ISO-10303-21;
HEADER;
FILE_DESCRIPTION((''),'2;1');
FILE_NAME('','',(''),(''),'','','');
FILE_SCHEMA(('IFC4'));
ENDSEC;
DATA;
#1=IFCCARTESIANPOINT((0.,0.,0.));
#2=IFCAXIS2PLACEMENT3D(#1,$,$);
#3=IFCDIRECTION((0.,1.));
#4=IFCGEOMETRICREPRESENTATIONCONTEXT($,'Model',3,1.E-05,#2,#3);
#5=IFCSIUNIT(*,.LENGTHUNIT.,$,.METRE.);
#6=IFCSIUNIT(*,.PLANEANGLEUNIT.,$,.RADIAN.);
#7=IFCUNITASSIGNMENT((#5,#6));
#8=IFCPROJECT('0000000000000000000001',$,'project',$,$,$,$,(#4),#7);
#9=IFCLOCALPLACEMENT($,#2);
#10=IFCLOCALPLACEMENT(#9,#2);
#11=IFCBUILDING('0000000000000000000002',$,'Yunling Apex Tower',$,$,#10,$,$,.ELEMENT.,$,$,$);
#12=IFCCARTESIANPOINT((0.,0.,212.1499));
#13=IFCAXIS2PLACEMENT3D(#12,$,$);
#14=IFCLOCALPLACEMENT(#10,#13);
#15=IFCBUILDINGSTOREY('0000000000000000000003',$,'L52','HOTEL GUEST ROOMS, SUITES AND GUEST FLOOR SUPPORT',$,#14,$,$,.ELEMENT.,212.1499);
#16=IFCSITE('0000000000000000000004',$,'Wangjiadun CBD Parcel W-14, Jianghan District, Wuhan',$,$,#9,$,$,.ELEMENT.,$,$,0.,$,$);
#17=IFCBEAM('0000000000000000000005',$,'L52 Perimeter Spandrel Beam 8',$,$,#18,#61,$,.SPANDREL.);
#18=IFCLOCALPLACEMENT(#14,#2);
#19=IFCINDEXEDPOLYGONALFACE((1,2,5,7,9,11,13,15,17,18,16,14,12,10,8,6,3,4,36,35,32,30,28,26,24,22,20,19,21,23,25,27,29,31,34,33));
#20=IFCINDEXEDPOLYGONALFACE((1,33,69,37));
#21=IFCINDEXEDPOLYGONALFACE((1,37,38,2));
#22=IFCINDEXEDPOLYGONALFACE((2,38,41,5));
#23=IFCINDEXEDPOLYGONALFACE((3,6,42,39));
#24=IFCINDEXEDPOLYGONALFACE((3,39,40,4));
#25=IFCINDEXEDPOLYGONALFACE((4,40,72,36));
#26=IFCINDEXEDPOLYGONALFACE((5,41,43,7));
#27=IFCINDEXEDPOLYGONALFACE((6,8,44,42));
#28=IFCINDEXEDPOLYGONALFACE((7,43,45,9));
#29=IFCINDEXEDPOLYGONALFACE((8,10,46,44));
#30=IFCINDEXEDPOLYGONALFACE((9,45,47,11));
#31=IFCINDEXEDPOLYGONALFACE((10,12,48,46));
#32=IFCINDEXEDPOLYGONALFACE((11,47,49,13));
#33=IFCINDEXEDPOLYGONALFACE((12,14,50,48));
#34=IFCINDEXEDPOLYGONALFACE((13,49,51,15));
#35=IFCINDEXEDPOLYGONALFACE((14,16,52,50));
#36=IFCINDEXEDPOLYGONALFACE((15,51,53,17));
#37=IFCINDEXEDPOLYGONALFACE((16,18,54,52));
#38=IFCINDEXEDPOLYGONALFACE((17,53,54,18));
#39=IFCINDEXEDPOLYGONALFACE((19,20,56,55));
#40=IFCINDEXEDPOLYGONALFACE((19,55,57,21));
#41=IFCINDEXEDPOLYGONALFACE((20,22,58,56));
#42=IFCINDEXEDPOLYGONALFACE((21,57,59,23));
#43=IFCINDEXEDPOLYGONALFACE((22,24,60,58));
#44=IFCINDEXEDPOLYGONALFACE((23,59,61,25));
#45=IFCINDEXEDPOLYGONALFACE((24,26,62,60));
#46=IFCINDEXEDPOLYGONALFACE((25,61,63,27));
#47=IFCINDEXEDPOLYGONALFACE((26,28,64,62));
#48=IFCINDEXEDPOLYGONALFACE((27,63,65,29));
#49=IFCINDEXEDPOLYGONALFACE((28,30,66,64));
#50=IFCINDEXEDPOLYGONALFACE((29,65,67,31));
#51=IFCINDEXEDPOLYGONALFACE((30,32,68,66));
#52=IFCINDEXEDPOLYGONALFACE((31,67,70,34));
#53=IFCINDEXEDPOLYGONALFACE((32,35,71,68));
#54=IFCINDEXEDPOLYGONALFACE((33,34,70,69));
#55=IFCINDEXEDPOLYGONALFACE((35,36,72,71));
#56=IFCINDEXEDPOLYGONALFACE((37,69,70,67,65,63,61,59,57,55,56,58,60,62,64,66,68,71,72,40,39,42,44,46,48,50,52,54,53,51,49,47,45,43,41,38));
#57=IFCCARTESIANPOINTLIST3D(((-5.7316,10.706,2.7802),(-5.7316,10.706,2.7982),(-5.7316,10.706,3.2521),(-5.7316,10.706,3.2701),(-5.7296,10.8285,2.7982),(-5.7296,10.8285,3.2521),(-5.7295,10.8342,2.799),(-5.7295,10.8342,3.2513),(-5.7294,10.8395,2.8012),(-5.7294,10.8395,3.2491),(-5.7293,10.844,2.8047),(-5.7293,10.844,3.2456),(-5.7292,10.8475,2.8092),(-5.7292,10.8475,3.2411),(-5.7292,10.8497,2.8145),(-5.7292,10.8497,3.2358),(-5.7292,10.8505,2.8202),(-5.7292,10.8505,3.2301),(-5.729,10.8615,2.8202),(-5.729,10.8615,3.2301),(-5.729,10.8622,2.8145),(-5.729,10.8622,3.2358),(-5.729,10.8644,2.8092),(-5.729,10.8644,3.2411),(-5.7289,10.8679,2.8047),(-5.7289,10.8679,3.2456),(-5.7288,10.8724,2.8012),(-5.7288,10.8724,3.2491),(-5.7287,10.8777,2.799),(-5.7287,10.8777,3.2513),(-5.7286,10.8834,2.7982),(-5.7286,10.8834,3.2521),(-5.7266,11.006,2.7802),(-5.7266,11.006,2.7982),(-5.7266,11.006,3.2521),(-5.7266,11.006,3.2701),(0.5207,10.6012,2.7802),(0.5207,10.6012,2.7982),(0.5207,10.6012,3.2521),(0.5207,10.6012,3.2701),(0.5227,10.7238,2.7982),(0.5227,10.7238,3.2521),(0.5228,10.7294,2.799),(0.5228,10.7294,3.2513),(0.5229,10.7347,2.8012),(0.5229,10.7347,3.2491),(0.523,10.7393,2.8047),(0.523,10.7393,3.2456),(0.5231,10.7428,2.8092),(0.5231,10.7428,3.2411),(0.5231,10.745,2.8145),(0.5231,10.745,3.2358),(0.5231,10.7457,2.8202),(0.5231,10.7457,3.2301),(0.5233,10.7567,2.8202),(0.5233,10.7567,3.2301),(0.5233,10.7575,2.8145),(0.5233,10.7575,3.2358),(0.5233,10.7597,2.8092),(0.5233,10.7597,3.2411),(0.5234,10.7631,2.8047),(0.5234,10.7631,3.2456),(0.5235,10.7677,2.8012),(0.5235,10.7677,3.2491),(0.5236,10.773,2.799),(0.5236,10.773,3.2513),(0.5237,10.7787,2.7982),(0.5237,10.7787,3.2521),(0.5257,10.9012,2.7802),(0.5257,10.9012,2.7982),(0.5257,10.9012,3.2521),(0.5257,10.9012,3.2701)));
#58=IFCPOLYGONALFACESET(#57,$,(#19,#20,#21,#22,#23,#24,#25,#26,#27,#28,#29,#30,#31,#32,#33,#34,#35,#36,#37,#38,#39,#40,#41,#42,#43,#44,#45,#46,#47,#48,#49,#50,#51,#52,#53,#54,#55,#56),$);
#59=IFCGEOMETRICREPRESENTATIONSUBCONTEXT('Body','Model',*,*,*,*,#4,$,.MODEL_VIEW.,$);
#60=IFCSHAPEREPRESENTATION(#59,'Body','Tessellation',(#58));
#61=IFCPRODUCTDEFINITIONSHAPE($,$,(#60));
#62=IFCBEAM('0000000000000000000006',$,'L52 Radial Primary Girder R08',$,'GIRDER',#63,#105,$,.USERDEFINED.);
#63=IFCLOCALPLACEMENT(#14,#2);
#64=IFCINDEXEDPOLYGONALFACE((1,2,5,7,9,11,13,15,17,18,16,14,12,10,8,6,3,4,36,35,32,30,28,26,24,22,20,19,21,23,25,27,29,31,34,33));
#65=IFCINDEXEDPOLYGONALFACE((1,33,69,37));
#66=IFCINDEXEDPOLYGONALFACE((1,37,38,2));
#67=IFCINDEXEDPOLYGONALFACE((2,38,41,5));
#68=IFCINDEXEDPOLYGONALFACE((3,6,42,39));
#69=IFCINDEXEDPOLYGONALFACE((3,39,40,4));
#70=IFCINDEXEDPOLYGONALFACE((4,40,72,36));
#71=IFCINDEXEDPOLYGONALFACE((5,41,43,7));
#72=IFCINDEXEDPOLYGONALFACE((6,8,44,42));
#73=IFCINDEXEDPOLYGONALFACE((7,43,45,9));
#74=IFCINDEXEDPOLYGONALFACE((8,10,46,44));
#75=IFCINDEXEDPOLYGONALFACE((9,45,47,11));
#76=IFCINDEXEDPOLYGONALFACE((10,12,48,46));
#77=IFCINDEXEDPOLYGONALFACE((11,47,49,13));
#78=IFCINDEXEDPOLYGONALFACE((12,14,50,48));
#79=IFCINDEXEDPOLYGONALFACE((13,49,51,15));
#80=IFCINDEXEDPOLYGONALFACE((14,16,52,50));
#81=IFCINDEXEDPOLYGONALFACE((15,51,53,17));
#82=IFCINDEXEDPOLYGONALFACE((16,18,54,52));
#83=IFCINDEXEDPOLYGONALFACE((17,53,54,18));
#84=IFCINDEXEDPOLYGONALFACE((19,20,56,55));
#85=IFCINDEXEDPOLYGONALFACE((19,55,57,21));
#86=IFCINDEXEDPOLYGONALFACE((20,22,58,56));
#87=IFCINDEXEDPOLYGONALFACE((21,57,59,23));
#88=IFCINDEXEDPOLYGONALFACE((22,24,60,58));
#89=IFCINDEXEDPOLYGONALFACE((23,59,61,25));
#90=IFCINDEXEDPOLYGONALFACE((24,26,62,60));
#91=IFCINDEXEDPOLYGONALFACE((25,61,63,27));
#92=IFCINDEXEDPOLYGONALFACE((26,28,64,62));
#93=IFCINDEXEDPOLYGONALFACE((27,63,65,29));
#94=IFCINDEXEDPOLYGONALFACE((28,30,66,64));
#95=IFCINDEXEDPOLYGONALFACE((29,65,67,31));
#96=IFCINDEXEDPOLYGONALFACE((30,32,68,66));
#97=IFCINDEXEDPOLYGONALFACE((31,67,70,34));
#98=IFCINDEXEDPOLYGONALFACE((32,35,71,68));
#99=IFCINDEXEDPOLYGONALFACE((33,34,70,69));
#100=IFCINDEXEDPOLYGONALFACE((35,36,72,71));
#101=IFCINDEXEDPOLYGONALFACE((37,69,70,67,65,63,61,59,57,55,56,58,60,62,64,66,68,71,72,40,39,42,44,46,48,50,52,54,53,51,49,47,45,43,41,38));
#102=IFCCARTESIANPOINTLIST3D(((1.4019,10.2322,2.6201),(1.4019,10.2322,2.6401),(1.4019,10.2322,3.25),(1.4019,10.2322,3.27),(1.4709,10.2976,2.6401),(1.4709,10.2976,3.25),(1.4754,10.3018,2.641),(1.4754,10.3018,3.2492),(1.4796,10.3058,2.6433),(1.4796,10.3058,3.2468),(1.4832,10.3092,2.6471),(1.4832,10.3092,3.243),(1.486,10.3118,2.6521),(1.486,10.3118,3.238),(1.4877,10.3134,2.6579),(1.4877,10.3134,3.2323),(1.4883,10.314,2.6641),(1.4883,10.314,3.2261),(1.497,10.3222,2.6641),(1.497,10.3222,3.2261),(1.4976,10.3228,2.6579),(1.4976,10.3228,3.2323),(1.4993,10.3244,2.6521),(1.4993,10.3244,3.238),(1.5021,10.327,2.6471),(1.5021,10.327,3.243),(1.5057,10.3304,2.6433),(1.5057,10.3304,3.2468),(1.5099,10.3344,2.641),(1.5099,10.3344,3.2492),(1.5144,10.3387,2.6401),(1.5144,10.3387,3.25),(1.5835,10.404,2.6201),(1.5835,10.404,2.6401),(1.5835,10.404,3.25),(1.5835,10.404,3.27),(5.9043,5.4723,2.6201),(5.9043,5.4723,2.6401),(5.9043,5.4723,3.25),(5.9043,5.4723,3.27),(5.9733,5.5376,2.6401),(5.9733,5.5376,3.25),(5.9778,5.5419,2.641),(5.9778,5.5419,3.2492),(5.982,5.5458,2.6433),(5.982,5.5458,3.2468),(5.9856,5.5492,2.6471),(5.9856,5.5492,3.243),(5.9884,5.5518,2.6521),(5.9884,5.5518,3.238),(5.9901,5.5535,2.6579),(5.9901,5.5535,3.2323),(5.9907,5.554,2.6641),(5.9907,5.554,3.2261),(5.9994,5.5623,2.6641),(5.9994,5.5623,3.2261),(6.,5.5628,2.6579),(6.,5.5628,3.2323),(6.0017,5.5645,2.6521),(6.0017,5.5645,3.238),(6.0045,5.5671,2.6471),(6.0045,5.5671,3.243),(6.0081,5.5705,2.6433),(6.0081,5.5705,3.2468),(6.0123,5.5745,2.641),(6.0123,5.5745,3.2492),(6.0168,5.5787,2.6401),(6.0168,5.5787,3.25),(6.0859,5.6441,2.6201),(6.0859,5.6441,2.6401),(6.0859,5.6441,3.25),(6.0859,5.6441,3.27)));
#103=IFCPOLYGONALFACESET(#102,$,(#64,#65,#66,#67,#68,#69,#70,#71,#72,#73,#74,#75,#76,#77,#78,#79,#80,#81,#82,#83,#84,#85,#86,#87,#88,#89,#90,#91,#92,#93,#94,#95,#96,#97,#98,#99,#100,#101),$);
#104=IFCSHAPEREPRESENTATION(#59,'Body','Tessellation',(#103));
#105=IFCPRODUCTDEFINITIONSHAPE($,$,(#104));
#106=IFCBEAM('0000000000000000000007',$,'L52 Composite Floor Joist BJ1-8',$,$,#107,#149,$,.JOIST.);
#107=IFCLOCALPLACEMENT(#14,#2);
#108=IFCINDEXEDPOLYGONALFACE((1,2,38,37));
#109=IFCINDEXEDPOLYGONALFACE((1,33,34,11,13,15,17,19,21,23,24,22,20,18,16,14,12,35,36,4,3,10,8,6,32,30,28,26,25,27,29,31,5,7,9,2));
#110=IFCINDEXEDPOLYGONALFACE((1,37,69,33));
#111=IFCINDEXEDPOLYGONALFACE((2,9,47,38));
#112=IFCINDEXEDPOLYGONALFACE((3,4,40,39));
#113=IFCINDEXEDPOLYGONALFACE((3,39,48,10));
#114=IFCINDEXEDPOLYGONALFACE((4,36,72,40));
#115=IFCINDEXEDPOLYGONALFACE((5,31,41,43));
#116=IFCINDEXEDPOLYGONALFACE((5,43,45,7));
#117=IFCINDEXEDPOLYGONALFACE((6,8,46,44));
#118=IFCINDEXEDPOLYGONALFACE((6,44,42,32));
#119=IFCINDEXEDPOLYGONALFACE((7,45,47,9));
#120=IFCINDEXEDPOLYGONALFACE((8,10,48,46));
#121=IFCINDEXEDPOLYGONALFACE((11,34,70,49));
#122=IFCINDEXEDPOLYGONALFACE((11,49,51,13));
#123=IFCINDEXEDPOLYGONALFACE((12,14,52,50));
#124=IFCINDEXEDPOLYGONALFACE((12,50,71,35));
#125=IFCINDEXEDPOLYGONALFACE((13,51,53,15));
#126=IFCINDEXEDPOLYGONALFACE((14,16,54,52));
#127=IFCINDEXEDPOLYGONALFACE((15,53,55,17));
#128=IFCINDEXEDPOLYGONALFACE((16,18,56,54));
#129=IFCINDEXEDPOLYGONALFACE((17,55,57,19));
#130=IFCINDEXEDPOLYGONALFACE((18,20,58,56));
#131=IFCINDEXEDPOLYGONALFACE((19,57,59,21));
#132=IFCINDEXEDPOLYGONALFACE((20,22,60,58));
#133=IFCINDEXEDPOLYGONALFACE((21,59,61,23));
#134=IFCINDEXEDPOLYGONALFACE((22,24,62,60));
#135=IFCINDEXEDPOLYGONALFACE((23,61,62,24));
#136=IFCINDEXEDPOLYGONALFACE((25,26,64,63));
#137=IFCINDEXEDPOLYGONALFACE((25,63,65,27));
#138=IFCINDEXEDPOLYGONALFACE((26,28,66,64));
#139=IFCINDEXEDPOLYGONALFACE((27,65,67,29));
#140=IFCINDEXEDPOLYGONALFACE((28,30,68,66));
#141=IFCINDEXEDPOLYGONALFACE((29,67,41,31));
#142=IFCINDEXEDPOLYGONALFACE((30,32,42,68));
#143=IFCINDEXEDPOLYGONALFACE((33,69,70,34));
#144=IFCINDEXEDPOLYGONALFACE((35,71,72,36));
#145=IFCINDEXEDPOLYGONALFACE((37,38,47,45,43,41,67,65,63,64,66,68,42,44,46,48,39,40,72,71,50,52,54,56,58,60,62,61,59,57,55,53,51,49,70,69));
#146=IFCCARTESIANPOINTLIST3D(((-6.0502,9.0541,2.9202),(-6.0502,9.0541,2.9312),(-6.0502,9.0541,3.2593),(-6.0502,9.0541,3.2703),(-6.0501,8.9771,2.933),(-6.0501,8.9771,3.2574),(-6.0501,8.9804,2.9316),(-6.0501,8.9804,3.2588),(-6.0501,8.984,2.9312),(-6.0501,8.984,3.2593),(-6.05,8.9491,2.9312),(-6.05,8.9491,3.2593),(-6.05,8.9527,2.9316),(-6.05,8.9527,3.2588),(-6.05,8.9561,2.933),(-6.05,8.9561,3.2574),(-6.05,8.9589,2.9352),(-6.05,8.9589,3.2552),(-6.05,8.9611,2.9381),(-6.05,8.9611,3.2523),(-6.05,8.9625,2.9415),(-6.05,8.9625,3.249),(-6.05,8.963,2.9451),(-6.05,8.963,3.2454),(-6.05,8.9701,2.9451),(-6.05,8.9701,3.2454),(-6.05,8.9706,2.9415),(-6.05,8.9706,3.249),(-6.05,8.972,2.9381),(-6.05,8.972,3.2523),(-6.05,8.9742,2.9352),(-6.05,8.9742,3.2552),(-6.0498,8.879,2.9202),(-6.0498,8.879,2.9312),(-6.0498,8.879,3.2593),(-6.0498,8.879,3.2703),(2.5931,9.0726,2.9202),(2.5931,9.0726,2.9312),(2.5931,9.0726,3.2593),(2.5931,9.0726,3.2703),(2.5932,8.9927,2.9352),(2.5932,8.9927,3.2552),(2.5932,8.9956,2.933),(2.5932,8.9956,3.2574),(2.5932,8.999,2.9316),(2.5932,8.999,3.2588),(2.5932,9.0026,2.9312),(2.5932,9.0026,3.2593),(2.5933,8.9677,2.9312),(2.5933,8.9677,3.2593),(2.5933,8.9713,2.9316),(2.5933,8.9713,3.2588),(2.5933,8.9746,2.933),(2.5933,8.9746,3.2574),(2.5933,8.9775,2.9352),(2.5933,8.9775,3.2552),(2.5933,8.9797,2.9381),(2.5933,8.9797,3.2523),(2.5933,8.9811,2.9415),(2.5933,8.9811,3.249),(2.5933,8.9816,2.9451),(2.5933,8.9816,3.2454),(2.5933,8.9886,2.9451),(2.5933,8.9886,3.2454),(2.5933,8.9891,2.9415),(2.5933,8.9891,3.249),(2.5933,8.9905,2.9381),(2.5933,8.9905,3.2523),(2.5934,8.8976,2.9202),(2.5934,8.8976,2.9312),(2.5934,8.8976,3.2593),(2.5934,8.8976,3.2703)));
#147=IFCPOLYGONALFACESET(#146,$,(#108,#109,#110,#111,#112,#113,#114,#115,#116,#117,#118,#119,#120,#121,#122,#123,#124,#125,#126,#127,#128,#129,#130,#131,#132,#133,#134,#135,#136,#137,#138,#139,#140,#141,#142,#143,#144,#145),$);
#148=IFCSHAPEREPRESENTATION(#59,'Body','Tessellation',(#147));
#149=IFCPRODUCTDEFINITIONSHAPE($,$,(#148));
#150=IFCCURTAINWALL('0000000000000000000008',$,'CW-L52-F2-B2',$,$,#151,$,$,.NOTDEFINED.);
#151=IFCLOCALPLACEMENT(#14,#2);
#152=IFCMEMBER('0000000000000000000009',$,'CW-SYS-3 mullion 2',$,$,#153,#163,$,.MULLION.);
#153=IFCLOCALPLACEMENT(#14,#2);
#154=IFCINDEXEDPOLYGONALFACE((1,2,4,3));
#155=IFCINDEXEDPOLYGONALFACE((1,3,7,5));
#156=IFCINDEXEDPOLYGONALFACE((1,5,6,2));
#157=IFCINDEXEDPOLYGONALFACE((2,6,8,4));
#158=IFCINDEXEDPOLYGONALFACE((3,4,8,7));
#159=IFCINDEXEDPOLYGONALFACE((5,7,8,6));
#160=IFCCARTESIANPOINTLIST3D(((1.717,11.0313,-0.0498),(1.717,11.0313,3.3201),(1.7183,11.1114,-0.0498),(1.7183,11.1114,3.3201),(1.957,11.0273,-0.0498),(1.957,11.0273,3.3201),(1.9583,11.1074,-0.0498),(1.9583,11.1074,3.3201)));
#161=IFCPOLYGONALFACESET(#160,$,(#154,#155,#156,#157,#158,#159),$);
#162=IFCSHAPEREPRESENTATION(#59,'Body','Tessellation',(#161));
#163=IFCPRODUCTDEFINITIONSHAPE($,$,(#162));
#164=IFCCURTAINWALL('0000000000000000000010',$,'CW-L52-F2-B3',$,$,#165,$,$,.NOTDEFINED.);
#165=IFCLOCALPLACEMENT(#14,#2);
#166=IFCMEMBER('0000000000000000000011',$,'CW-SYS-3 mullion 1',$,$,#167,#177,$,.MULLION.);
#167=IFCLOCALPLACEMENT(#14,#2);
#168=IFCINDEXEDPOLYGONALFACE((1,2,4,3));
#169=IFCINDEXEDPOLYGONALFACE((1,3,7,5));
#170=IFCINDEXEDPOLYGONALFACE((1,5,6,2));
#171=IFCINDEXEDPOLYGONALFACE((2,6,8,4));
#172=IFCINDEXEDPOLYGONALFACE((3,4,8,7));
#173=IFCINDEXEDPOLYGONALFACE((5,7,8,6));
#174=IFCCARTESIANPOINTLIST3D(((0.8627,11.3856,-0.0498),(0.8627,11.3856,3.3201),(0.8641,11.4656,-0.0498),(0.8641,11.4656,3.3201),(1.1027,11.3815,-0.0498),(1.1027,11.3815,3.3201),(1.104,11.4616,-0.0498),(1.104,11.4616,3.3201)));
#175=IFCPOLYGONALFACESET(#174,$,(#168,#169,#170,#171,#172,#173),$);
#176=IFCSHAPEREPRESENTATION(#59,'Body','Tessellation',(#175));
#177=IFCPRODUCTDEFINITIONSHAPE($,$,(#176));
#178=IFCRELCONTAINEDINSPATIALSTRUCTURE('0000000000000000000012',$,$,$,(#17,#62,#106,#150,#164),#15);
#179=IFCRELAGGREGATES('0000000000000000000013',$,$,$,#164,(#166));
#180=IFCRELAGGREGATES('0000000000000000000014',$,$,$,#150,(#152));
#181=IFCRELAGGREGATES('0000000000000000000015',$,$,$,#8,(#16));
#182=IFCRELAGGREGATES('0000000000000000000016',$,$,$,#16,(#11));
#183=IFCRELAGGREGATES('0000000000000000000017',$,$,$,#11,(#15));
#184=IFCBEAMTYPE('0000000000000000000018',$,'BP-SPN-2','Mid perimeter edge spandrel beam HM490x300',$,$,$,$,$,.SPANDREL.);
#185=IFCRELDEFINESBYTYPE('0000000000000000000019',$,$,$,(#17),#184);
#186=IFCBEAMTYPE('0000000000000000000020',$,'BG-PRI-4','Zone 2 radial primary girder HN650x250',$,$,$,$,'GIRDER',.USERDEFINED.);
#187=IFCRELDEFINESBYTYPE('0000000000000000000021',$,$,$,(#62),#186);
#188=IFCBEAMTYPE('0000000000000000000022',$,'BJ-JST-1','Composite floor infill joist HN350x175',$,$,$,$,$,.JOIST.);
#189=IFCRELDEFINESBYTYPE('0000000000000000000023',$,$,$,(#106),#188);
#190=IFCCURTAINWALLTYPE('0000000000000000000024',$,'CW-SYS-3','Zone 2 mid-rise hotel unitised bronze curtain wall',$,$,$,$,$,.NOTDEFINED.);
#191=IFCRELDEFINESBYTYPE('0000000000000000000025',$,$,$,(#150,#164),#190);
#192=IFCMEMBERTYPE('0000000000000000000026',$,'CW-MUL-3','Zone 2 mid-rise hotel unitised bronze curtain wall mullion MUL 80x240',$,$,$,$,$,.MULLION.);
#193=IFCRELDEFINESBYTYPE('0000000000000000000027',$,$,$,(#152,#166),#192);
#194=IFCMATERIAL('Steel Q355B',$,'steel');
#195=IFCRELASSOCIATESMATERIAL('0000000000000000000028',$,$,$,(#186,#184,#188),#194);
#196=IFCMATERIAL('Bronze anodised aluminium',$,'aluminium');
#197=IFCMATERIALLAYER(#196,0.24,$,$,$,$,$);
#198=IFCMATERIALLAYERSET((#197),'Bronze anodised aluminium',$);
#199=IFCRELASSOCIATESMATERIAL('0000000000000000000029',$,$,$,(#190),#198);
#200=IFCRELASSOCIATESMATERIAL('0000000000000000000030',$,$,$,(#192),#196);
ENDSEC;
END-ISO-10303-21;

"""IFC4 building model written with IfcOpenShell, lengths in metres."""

from ifc_helpers import new_model, si_unit, direction, frame, origin, origin_2d, place, context, subcontext, project, spatial, rectangle, i_section, extrude, source, transform, mapped, material, layer, layer_set, material_profile, profile_set, type_object, element, aggregate, save


model = new_model("IFC4")

# Units and contexts
model_context = context("Model", 3, precision=1e-05, world=origin(), true_north=direction((0.0, 1.0)))
body_context = subcontext(model_context, "Body", "Model", "MODEL_VIEW")
ifc_project = project(units=[si_unit("LENGTHUNIT", "METRE"), si_unit("PLANEANGLEUNIT", "RADIAN")], contexts=[model_context])

# Site, building, storey
site_placement = place(None, origin())
site = spatial("IfcSite", under=ifc_project, at=site_placement, Name="Wangjiadun CBD Parcel W-14, Jianghan District, Wuhan", CompositionType="ELEMENT", RefElevation=0.0)
building_placement = place(site_placement, origin())
building = spatial("IfcBuilding", under=site, at=building_placement, Name="Yunling Apex Tower", CompositionType="ELEMENT")
storey_placement = place(building_placement, frame((0.0, 0.0, 212.1499)))
storey = spatial("IfcBuildingStorey", under=building, at=storey_placement, Name="L52", Description="HOTEL GUEST ROOMS, SUITES AND GUEST FLOOR SUPPORT", CompositionType="ELEMENT", Elevation=212.1499)

# Beams
ifc_material_1 = material(Name="Steel Q355B", Category="steel")
ifc_material_profile_1 = material_profile(ifc_material_1, i_section(OverallWidth=0.25, OverallDepth=0.6499, WebThickness=0.012, FlangeThickness=0.02, FilletRadius=0.0239, at=origin_2d()))
ifc_profile_set_1 = profile_set([ifc_material_profile_1], Name="Steel Q355B")
beam_type_1 = type_object("IfcBeamType", Name="BG-PRI-4", Description="Zone 2 radial primary girder HN650x250", ElementType="GIRDER", PredefinedType="USERDEFINED", material=ifc_profile_set_1)
ifc_material_profile_2 = material_profile(ifc_material_1, i_section(OverallWidth=0.3, OverallDepth=0.49, WebThickness=0.011, FlangeThickness=0.0181, FilletRadius=0.022, at=origin_2d()))
ifc_profile_set_2 = profile_set([ifc_material_profile_2], Name="Steel Q355B")
beam_type_2 = type_object("IfcBeamType", Name="BP-SPN-2", Description="Mid perimeter edge spandrel beam HM490x300", PredefinedType="SPANDREL", material=ifc_profile_set_2)
shared_shape_1 = source(origin(), body_context, "Body", "SweptSolid", [
    extrude(i_section(OverallWidth=0.3, OverallDepth=0.49, WebThickness=0.011, FlangeThickness=0.0181, FilletRadius=0.022, at=origin_2d()), origin(), (0.0, 0.0, 1.0), 6.2532),
])
beam_1_placement = place(storey_placement, frame((0.5232, 10.7512, 3.0251), z_axis=(-0.99986, 0.01675, 0.0), x_axis=(-0.01675, -0.99986, 0.0)))
element("IfcBeam", 1, at=beam_1_placement, inside=storey, type_object=beam_type_2, Name="L52 Perimeter Spandrel Beam 8", PredefinedType="SPANDREL", context=body_context, shape_type="MappedRepresentation", body=[
    mapped(shared_shape_1, transform((0.0, 0.0, 0.0), scale=1.0)),
])
shared_shape_2 = source(origin(), body_context, "Body", "SweptSolid", [
    extrude(i_section(OverallWidth=0.25, OverallDepth=0.6499, WebThickness=0.012, FlangeThickness=0.02, FilletRadius=0.0239, at=origin_2d()), origin(), (0.0, 0.0, 1.0), 6.552),
])
beam_2_placement = place(storey_placement, frame((1.4927, 10.3181, 2.9451), z_axis=(0.687178, -0.726489, 0.0), x_axis=(0.726489, 0.687178, 0.0)))
element("IfcBeam", 2, at=beam_2_placement, inside=storey, type_object=beam_type_1, Name="L52 Radial Primary Girder R08", ObjectType="GIRDER", PredefinedType="USERDEFINED", context=body_context, shape_type="MappedRepresentation", body=[
    mapped(shared_shape_2, transform((0.0, 0.0, 0.0), scale=1.0)),
])
ifc_material_profile_3 = material_profile(ifc_material_1, i_section(OverallWidth=0.175, OverallDepth=0.3501, WebThickness=0.0071, FlangeThickness=0.011, FilletRadius=0.0139, at=origin_2d()))
ifc_profile_set_3 = profile_set([ifc_material_profile_3], Name="Steel Q355B")
beam_type_3 = type_object("IfcBeamType", Name="BJ-JST-1", Description="Composite floor infill joist HN350x175", PredefinedType="JOIST", material=ifc_profile_set_3)
shared_shape_3 = source(origin(), body_context, "Body", "SweptSolid", [
    extrude(i_section(OverallWidth=0.175, OverallDepth=0.3501, WebThickness=0.0071, FlangeThickness=0.011, FilletRadius=0.0139, at=origin_2d()), origin(), (0.0, 0.0, 1.0), 8.6433),
])
beam_3_placement = place(storey_placement, frame((2.5933, 8.9851, 3.0952), z_axis=(-0.999998, -0.002147, 0.0), x_axis=(0.002147, -0.999998, 0.0)))
element("IfcBeam", 3, at=beam_3_placement, inside=storey, type_object=beam_type_3, Name="L52 Composite Floor Joist BJ1-8", PredefinedType="JOIST", context=body_context, shape_type="MappedRepresentation", body=[
    mapped(shared_shape_3, transform((0.0, 0.0, 0.0), scale=1.0)),
])

# Curtain wall, member
ifc_material_2 = material(Name="Bronze anodised aluminium", Category="aluminium")
ifc_layer_1 = layer(ifc_material_2, 0.24)
ifc_layer_set_1 = layer_set([ifc_layer_1], Name="Bronze anodised aluminium")
curtain_wall_type = type_object("IfcCurtainWallType", Name="CW-SYS-3", Description="Zone 2 mid-rise hotel unitised bronze curtain wall", PredefinedType="NOTDEFINED", material=ifc_layer_set_1)
curtain_wall_1_placement = place(storey_placement, origin())
curtain_wall_1 = element("IfcCurtainWall", 4, at=curtain_wall_1_placement, inside=storey, type_object=curtain_wall_type, Name="CW-L52-F2-B2", PredefinedType="NOTDEFINED")
ifc_material_profile_4 = material_profile(ifc_material_2, rectangle(XDim=0.0801, YDim=0.24, at=origin_2d()))
ifc_profile_set_4 = profile_set([ifc_material_profile_4], Name="Bronze anodised aluminium")
member_type_1 = type_object("IfcMemberType", Name="CW-MUL-3", Description="Zone 2 mid-rise hotel unitised bronze curtain wall mullion MUL 80x240", PredefinedType="MULLION", material=ifc_profile_set_4)
shared_shape_4 = source(origin(), body_context, "Body", "SweptSolid", [
    extrude(rectangle(XDim=0.0801, YDim=0.24, at=origin_2d()), origin(), (0.0, 0.0, 1.0), 3.3699),
])
member_1_placement = place(storey_placement, frame((1.8376, 11.0693, -0.0498), z_axis=(0.0, 0.0, 1.0), x_axis=(-0.016759, -0.99986, 0.0)))
member_1 = element("IfcMember", 5, at=member_1_placement, type_object=member_type_1, Name="CW-SYS-3 mullion 2", PredefinedType="MULLION", context=body_context, shape_type="MappedRepresentation", body=[
    mapped(shared_shape_4, transform((0.0, 0.0, 0.0), scale=1.0)),
])

# Curtain wall, member
curtain_wall_2_placement = place(storey_placement, origin())
curtain_wall_2 = element("IfcCurtainWall", 6, at=curtain_wall_2_placement, inside=storey, type_object=curtain_wall_type, Name="CW-L52-F2-B3", PredefinedType="NOTDEFINED")
member_2_placement = place(storey_placement, frame((0.9834, 11.4236, -0.0498), z_axis=(0.0, 0.0, 1.0), x_axis=(-0.016747, -0.99986, 0.0)))
member_2 = element("IfcMember", 7, at=member_2_placement, type_object=member_type_1, Name="CW-SYS-3 mullion 1", PredefinedType="MULLION", context=body_context, shape_type="MappedRepresentation", body=[
    mapped(shared_shape_4, transform((0.0, 0.0, 0.0), scale=1.0)),
])
aggregate(curtain_wall_2, [member_2])

aggregate(curtain_wall_1, [member_1])

save(model, "model.ifc")
